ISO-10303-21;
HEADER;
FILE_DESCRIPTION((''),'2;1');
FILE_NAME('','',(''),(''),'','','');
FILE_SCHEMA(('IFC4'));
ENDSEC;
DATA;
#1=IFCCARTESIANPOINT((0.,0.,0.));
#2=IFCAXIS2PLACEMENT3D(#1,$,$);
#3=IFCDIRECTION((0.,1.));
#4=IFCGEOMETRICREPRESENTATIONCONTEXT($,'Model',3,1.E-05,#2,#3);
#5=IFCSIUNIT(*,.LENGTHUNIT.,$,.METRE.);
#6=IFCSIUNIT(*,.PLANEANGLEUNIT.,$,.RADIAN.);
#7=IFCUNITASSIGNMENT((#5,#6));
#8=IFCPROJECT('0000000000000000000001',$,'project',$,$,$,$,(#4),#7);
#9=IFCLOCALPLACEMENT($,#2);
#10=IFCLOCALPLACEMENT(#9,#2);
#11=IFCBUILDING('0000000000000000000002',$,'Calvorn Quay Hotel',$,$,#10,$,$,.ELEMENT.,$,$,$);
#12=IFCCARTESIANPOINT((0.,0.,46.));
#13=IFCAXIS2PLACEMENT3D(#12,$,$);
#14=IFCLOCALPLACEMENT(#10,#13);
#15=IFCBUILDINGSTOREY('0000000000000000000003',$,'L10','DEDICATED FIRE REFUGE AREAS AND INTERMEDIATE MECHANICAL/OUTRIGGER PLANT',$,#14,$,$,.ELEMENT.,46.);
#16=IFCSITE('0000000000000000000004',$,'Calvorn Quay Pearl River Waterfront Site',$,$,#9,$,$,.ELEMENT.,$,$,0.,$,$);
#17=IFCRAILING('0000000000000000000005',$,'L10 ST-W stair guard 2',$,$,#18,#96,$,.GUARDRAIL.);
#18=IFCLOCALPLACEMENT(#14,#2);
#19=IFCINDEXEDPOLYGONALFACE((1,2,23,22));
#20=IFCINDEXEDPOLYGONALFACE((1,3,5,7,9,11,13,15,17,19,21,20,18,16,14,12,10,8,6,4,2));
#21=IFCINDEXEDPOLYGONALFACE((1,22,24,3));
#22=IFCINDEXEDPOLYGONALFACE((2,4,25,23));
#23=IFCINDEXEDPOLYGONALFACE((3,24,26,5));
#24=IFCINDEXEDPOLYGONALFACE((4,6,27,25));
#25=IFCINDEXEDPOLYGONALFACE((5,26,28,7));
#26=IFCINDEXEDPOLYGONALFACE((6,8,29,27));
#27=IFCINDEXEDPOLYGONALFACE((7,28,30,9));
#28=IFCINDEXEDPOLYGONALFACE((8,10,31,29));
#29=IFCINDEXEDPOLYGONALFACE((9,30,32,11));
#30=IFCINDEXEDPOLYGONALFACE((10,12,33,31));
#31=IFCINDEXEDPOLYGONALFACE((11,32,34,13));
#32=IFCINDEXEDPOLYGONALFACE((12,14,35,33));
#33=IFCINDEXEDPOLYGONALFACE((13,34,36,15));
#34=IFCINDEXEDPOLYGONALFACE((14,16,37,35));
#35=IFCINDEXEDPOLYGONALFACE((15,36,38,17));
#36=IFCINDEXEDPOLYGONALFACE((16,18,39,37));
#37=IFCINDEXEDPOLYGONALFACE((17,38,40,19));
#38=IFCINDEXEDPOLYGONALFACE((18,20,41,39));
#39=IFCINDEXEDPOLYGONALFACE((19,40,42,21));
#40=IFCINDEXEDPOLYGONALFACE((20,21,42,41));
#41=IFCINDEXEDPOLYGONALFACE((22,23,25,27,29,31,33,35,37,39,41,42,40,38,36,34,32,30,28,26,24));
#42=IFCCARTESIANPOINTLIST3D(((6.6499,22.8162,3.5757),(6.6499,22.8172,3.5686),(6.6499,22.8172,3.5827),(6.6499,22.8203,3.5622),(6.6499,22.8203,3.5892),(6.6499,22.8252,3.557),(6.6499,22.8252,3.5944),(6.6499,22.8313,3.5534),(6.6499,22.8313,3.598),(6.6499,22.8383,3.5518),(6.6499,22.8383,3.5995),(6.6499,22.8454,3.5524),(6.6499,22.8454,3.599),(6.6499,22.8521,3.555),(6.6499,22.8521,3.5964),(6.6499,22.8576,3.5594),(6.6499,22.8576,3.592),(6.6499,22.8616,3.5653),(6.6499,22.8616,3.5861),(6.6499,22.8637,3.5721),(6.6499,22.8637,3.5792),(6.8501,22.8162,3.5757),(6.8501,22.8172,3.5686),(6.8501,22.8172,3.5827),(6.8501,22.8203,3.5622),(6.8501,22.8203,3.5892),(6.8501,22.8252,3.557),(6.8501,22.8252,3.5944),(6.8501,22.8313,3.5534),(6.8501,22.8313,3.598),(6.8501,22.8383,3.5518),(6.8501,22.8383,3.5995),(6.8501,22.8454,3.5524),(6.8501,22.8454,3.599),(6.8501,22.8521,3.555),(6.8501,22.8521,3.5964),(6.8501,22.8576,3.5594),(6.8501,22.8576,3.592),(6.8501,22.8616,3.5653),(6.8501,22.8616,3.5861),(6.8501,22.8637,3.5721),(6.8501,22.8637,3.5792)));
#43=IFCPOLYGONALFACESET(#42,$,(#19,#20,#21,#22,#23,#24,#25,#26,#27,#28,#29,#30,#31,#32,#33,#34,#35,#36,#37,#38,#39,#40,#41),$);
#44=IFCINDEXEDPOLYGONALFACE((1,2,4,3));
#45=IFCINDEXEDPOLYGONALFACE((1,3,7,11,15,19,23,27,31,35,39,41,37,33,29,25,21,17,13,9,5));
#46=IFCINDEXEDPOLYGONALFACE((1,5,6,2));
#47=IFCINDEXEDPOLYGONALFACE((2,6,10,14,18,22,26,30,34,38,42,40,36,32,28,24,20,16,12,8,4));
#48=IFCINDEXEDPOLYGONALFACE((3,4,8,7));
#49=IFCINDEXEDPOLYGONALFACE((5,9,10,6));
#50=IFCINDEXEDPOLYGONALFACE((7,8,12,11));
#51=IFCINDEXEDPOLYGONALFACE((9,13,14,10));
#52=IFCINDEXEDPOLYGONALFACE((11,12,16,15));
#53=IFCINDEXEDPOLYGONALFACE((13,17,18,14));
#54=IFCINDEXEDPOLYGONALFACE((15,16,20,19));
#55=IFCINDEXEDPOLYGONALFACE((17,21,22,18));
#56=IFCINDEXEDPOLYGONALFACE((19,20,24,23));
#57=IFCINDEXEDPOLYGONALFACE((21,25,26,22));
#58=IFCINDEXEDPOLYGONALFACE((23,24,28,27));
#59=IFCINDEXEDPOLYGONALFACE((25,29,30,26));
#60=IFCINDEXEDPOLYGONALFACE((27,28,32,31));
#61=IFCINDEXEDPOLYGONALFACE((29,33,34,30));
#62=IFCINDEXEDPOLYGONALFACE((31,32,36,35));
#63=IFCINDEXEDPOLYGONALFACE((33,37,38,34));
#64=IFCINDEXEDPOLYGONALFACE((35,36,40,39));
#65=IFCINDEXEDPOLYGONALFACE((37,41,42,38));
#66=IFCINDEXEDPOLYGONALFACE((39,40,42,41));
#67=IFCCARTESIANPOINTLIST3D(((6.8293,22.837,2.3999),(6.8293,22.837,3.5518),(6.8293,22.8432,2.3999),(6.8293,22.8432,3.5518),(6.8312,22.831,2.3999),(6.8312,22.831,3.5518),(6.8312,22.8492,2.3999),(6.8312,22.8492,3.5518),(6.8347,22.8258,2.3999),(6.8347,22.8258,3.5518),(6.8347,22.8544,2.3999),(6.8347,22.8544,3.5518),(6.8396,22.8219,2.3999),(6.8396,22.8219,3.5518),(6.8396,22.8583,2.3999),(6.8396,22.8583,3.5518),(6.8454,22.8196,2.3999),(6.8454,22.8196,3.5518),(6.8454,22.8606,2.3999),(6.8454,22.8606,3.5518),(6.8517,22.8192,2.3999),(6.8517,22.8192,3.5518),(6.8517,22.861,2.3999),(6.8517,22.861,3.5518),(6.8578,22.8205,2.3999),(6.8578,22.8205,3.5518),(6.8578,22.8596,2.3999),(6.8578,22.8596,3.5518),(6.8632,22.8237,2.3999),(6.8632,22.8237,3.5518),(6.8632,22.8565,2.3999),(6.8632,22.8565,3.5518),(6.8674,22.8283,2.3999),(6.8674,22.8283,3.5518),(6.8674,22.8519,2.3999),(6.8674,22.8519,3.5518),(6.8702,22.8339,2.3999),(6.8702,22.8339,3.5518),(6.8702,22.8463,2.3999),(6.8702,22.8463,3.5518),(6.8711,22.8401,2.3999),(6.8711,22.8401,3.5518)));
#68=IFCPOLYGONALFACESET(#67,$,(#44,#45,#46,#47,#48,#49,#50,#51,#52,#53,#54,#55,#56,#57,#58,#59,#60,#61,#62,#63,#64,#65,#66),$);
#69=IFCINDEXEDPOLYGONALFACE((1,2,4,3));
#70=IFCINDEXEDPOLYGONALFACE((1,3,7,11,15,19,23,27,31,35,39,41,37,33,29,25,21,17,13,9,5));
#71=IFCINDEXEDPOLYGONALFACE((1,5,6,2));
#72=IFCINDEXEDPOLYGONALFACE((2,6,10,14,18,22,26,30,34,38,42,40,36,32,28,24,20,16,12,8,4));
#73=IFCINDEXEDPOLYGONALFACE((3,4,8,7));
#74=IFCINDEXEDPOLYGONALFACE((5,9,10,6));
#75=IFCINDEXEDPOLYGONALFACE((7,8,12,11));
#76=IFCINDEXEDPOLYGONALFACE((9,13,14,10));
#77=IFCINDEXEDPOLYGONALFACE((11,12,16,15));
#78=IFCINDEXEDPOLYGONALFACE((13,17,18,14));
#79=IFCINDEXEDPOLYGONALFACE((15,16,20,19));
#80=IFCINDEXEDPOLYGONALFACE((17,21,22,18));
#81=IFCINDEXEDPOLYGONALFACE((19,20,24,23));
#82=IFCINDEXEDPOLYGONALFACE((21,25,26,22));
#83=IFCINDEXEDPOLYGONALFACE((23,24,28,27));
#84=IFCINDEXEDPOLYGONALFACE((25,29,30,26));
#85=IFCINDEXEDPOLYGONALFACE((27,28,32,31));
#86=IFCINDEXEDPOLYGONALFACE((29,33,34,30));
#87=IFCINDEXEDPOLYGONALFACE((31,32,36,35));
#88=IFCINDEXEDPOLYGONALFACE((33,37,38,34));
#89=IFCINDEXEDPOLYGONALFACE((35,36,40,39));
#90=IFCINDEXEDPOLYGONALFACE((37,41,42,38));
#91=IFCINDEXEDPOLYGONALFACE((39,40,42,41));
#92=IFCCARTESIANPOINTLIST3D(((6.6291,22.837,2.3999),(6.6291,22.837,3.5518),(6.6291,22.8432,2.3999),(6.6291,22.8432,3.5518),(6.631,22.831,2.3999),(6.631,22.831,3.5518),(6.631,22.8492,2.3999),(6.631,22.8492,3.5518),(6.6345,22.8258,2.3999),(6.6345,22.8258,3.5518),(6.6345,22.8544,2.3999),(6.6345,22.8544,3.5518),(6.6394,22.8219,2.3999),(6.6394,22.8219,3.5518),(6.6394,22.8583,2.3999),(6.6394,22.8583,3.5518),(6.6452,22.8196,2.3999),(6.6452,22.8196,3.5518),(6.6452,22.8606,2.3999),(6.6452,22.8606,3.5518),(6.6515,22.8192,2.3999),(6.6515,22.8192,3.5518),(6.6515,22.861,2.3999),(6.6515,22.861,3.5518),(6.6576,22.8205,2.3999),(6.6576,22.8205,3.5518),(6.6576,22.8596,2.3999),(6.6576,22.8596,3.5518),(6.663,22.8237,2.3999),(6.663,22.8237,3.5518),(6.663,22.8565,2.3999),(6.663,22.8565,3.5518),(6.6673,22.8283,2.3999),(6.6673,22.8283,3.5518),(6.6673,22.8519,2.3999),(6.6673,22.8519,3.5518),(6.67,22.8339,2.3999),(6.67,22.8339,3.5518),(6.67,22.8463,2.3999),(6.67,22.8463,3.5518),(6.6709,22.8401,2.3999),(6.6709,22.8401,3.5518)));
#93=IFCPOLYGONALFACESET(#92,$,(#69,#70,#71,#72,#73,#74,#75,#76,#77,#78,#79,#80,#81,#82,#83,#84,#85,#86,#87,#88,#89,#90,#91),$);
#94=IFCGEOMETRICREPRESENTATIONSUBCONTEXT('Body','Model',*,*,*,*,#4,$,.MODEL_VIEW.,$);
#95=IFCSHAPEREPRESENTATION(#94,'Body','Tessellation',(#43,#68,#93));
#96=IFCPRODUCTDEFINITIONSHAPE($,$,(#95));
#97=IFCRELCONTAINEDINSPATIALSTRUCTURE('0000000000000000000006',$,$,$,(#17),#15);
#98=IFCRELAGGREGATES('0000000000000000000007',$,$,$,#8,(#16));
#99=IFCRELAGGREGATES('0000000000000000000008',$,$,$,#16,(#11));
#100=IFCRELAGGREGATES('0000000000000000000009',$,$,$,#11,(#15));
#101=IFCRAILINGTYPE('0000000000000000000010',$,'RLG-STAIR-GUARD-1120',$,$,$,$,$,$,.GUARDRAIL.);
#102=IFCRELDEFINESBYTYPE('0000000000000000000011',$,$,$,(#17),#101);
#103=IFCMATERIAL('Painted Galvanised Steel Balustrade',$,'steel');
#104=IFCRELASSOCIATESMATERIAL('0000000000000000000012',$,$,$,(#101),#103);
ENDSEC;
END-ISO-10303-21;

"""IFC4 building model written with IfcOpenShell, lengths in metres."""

from ifc_helpers import new_model, si_unit, direction, frame, origin, origin_2d, place, context, subcontext, project, spatial, circle, extrude, material, type_object, element, save


model = new_model("IFC4")

# Units and contexts
model_context = context("Model", 3, precision=1e-05, world=origin(), true_north=direction((0.0, 1.0)))
body_context = subcontext(model_context, "Body", "Model", "MODEL_VIEW")
ifc_project = project(units=[si_unit("LENGTHUNIT", "METRE"), si_unit("PLANEANGLEUNIT", "RADIAN")], contexts=[model_context])

# Site, building, storey
site_placement = place(None, origin())
site = spatial("IfcSite", under=ifc_project, at=site_placement, Name="Calvorn Quay Pearl River Waterfront Site", CompositionType="ELEMENT", RefElevation=0.0)
building_placement = place(site_placement, origin())
building = spatial("IfcBuilding", under=site, at=building_placement, Name="Calvorn Quay Hotel", CompositionType="ELEMENT")
storey_placement = place(building_placement, frame((0.0, 0.0, 46.0)))
storey = spatial("IfcBuildingStorey", under=building, at=storey_placement, Name="L10", Description="DEDICATED FIRE REFUGE AREAS AND INTERMEDIATE MECHANICAL/OUTRIGGER PLANT", CompositionType="ELEMENT", Elevation=46.0)

# Railing
ifc_material_1 = material(Name="Painted Galvanised Steel Balustrade", Category="steel")
railing_type_1 = type_object("IfcRailingType", Name="RLG-STAIR-GUARD-1120", PredefinedType="GUARDRAIL", material=ifc_material_1)
railing_1_placement = place(storey_placement, frame((6.8501, 22.8401, 2.3999)))
element("IfcRailing", 1, at=railing_1_placement, inside=storey, type_object=railing_type_1, Name="L10 ST-W stair guard 2", PredefinedType="GUARDRAIL", context=body_context, shape_type="SweptSolid", body=[
    extrude(circle(Radius=0.0239, at=origin_2d()), frame((0.0, 0.0, 1.1758), z_axis=(-1.0, 0.0, 0.0), x_axis=(0.0, -1.0, 0.0)), (0.0, 0.0, 1.0), 0.2002),
    extrude(circle(Radius=0.021, at=origin_2d()), origin(), (0.0, 0.0, 1.0), 1.1519),
    extrude(circle(Radius=0.021, at=origin_2d()), frame((-0.2002, 0.0, 0.0)), (0.0, 0.0, 1.0), 1.1519),
])

save(model, "model.ifc")
